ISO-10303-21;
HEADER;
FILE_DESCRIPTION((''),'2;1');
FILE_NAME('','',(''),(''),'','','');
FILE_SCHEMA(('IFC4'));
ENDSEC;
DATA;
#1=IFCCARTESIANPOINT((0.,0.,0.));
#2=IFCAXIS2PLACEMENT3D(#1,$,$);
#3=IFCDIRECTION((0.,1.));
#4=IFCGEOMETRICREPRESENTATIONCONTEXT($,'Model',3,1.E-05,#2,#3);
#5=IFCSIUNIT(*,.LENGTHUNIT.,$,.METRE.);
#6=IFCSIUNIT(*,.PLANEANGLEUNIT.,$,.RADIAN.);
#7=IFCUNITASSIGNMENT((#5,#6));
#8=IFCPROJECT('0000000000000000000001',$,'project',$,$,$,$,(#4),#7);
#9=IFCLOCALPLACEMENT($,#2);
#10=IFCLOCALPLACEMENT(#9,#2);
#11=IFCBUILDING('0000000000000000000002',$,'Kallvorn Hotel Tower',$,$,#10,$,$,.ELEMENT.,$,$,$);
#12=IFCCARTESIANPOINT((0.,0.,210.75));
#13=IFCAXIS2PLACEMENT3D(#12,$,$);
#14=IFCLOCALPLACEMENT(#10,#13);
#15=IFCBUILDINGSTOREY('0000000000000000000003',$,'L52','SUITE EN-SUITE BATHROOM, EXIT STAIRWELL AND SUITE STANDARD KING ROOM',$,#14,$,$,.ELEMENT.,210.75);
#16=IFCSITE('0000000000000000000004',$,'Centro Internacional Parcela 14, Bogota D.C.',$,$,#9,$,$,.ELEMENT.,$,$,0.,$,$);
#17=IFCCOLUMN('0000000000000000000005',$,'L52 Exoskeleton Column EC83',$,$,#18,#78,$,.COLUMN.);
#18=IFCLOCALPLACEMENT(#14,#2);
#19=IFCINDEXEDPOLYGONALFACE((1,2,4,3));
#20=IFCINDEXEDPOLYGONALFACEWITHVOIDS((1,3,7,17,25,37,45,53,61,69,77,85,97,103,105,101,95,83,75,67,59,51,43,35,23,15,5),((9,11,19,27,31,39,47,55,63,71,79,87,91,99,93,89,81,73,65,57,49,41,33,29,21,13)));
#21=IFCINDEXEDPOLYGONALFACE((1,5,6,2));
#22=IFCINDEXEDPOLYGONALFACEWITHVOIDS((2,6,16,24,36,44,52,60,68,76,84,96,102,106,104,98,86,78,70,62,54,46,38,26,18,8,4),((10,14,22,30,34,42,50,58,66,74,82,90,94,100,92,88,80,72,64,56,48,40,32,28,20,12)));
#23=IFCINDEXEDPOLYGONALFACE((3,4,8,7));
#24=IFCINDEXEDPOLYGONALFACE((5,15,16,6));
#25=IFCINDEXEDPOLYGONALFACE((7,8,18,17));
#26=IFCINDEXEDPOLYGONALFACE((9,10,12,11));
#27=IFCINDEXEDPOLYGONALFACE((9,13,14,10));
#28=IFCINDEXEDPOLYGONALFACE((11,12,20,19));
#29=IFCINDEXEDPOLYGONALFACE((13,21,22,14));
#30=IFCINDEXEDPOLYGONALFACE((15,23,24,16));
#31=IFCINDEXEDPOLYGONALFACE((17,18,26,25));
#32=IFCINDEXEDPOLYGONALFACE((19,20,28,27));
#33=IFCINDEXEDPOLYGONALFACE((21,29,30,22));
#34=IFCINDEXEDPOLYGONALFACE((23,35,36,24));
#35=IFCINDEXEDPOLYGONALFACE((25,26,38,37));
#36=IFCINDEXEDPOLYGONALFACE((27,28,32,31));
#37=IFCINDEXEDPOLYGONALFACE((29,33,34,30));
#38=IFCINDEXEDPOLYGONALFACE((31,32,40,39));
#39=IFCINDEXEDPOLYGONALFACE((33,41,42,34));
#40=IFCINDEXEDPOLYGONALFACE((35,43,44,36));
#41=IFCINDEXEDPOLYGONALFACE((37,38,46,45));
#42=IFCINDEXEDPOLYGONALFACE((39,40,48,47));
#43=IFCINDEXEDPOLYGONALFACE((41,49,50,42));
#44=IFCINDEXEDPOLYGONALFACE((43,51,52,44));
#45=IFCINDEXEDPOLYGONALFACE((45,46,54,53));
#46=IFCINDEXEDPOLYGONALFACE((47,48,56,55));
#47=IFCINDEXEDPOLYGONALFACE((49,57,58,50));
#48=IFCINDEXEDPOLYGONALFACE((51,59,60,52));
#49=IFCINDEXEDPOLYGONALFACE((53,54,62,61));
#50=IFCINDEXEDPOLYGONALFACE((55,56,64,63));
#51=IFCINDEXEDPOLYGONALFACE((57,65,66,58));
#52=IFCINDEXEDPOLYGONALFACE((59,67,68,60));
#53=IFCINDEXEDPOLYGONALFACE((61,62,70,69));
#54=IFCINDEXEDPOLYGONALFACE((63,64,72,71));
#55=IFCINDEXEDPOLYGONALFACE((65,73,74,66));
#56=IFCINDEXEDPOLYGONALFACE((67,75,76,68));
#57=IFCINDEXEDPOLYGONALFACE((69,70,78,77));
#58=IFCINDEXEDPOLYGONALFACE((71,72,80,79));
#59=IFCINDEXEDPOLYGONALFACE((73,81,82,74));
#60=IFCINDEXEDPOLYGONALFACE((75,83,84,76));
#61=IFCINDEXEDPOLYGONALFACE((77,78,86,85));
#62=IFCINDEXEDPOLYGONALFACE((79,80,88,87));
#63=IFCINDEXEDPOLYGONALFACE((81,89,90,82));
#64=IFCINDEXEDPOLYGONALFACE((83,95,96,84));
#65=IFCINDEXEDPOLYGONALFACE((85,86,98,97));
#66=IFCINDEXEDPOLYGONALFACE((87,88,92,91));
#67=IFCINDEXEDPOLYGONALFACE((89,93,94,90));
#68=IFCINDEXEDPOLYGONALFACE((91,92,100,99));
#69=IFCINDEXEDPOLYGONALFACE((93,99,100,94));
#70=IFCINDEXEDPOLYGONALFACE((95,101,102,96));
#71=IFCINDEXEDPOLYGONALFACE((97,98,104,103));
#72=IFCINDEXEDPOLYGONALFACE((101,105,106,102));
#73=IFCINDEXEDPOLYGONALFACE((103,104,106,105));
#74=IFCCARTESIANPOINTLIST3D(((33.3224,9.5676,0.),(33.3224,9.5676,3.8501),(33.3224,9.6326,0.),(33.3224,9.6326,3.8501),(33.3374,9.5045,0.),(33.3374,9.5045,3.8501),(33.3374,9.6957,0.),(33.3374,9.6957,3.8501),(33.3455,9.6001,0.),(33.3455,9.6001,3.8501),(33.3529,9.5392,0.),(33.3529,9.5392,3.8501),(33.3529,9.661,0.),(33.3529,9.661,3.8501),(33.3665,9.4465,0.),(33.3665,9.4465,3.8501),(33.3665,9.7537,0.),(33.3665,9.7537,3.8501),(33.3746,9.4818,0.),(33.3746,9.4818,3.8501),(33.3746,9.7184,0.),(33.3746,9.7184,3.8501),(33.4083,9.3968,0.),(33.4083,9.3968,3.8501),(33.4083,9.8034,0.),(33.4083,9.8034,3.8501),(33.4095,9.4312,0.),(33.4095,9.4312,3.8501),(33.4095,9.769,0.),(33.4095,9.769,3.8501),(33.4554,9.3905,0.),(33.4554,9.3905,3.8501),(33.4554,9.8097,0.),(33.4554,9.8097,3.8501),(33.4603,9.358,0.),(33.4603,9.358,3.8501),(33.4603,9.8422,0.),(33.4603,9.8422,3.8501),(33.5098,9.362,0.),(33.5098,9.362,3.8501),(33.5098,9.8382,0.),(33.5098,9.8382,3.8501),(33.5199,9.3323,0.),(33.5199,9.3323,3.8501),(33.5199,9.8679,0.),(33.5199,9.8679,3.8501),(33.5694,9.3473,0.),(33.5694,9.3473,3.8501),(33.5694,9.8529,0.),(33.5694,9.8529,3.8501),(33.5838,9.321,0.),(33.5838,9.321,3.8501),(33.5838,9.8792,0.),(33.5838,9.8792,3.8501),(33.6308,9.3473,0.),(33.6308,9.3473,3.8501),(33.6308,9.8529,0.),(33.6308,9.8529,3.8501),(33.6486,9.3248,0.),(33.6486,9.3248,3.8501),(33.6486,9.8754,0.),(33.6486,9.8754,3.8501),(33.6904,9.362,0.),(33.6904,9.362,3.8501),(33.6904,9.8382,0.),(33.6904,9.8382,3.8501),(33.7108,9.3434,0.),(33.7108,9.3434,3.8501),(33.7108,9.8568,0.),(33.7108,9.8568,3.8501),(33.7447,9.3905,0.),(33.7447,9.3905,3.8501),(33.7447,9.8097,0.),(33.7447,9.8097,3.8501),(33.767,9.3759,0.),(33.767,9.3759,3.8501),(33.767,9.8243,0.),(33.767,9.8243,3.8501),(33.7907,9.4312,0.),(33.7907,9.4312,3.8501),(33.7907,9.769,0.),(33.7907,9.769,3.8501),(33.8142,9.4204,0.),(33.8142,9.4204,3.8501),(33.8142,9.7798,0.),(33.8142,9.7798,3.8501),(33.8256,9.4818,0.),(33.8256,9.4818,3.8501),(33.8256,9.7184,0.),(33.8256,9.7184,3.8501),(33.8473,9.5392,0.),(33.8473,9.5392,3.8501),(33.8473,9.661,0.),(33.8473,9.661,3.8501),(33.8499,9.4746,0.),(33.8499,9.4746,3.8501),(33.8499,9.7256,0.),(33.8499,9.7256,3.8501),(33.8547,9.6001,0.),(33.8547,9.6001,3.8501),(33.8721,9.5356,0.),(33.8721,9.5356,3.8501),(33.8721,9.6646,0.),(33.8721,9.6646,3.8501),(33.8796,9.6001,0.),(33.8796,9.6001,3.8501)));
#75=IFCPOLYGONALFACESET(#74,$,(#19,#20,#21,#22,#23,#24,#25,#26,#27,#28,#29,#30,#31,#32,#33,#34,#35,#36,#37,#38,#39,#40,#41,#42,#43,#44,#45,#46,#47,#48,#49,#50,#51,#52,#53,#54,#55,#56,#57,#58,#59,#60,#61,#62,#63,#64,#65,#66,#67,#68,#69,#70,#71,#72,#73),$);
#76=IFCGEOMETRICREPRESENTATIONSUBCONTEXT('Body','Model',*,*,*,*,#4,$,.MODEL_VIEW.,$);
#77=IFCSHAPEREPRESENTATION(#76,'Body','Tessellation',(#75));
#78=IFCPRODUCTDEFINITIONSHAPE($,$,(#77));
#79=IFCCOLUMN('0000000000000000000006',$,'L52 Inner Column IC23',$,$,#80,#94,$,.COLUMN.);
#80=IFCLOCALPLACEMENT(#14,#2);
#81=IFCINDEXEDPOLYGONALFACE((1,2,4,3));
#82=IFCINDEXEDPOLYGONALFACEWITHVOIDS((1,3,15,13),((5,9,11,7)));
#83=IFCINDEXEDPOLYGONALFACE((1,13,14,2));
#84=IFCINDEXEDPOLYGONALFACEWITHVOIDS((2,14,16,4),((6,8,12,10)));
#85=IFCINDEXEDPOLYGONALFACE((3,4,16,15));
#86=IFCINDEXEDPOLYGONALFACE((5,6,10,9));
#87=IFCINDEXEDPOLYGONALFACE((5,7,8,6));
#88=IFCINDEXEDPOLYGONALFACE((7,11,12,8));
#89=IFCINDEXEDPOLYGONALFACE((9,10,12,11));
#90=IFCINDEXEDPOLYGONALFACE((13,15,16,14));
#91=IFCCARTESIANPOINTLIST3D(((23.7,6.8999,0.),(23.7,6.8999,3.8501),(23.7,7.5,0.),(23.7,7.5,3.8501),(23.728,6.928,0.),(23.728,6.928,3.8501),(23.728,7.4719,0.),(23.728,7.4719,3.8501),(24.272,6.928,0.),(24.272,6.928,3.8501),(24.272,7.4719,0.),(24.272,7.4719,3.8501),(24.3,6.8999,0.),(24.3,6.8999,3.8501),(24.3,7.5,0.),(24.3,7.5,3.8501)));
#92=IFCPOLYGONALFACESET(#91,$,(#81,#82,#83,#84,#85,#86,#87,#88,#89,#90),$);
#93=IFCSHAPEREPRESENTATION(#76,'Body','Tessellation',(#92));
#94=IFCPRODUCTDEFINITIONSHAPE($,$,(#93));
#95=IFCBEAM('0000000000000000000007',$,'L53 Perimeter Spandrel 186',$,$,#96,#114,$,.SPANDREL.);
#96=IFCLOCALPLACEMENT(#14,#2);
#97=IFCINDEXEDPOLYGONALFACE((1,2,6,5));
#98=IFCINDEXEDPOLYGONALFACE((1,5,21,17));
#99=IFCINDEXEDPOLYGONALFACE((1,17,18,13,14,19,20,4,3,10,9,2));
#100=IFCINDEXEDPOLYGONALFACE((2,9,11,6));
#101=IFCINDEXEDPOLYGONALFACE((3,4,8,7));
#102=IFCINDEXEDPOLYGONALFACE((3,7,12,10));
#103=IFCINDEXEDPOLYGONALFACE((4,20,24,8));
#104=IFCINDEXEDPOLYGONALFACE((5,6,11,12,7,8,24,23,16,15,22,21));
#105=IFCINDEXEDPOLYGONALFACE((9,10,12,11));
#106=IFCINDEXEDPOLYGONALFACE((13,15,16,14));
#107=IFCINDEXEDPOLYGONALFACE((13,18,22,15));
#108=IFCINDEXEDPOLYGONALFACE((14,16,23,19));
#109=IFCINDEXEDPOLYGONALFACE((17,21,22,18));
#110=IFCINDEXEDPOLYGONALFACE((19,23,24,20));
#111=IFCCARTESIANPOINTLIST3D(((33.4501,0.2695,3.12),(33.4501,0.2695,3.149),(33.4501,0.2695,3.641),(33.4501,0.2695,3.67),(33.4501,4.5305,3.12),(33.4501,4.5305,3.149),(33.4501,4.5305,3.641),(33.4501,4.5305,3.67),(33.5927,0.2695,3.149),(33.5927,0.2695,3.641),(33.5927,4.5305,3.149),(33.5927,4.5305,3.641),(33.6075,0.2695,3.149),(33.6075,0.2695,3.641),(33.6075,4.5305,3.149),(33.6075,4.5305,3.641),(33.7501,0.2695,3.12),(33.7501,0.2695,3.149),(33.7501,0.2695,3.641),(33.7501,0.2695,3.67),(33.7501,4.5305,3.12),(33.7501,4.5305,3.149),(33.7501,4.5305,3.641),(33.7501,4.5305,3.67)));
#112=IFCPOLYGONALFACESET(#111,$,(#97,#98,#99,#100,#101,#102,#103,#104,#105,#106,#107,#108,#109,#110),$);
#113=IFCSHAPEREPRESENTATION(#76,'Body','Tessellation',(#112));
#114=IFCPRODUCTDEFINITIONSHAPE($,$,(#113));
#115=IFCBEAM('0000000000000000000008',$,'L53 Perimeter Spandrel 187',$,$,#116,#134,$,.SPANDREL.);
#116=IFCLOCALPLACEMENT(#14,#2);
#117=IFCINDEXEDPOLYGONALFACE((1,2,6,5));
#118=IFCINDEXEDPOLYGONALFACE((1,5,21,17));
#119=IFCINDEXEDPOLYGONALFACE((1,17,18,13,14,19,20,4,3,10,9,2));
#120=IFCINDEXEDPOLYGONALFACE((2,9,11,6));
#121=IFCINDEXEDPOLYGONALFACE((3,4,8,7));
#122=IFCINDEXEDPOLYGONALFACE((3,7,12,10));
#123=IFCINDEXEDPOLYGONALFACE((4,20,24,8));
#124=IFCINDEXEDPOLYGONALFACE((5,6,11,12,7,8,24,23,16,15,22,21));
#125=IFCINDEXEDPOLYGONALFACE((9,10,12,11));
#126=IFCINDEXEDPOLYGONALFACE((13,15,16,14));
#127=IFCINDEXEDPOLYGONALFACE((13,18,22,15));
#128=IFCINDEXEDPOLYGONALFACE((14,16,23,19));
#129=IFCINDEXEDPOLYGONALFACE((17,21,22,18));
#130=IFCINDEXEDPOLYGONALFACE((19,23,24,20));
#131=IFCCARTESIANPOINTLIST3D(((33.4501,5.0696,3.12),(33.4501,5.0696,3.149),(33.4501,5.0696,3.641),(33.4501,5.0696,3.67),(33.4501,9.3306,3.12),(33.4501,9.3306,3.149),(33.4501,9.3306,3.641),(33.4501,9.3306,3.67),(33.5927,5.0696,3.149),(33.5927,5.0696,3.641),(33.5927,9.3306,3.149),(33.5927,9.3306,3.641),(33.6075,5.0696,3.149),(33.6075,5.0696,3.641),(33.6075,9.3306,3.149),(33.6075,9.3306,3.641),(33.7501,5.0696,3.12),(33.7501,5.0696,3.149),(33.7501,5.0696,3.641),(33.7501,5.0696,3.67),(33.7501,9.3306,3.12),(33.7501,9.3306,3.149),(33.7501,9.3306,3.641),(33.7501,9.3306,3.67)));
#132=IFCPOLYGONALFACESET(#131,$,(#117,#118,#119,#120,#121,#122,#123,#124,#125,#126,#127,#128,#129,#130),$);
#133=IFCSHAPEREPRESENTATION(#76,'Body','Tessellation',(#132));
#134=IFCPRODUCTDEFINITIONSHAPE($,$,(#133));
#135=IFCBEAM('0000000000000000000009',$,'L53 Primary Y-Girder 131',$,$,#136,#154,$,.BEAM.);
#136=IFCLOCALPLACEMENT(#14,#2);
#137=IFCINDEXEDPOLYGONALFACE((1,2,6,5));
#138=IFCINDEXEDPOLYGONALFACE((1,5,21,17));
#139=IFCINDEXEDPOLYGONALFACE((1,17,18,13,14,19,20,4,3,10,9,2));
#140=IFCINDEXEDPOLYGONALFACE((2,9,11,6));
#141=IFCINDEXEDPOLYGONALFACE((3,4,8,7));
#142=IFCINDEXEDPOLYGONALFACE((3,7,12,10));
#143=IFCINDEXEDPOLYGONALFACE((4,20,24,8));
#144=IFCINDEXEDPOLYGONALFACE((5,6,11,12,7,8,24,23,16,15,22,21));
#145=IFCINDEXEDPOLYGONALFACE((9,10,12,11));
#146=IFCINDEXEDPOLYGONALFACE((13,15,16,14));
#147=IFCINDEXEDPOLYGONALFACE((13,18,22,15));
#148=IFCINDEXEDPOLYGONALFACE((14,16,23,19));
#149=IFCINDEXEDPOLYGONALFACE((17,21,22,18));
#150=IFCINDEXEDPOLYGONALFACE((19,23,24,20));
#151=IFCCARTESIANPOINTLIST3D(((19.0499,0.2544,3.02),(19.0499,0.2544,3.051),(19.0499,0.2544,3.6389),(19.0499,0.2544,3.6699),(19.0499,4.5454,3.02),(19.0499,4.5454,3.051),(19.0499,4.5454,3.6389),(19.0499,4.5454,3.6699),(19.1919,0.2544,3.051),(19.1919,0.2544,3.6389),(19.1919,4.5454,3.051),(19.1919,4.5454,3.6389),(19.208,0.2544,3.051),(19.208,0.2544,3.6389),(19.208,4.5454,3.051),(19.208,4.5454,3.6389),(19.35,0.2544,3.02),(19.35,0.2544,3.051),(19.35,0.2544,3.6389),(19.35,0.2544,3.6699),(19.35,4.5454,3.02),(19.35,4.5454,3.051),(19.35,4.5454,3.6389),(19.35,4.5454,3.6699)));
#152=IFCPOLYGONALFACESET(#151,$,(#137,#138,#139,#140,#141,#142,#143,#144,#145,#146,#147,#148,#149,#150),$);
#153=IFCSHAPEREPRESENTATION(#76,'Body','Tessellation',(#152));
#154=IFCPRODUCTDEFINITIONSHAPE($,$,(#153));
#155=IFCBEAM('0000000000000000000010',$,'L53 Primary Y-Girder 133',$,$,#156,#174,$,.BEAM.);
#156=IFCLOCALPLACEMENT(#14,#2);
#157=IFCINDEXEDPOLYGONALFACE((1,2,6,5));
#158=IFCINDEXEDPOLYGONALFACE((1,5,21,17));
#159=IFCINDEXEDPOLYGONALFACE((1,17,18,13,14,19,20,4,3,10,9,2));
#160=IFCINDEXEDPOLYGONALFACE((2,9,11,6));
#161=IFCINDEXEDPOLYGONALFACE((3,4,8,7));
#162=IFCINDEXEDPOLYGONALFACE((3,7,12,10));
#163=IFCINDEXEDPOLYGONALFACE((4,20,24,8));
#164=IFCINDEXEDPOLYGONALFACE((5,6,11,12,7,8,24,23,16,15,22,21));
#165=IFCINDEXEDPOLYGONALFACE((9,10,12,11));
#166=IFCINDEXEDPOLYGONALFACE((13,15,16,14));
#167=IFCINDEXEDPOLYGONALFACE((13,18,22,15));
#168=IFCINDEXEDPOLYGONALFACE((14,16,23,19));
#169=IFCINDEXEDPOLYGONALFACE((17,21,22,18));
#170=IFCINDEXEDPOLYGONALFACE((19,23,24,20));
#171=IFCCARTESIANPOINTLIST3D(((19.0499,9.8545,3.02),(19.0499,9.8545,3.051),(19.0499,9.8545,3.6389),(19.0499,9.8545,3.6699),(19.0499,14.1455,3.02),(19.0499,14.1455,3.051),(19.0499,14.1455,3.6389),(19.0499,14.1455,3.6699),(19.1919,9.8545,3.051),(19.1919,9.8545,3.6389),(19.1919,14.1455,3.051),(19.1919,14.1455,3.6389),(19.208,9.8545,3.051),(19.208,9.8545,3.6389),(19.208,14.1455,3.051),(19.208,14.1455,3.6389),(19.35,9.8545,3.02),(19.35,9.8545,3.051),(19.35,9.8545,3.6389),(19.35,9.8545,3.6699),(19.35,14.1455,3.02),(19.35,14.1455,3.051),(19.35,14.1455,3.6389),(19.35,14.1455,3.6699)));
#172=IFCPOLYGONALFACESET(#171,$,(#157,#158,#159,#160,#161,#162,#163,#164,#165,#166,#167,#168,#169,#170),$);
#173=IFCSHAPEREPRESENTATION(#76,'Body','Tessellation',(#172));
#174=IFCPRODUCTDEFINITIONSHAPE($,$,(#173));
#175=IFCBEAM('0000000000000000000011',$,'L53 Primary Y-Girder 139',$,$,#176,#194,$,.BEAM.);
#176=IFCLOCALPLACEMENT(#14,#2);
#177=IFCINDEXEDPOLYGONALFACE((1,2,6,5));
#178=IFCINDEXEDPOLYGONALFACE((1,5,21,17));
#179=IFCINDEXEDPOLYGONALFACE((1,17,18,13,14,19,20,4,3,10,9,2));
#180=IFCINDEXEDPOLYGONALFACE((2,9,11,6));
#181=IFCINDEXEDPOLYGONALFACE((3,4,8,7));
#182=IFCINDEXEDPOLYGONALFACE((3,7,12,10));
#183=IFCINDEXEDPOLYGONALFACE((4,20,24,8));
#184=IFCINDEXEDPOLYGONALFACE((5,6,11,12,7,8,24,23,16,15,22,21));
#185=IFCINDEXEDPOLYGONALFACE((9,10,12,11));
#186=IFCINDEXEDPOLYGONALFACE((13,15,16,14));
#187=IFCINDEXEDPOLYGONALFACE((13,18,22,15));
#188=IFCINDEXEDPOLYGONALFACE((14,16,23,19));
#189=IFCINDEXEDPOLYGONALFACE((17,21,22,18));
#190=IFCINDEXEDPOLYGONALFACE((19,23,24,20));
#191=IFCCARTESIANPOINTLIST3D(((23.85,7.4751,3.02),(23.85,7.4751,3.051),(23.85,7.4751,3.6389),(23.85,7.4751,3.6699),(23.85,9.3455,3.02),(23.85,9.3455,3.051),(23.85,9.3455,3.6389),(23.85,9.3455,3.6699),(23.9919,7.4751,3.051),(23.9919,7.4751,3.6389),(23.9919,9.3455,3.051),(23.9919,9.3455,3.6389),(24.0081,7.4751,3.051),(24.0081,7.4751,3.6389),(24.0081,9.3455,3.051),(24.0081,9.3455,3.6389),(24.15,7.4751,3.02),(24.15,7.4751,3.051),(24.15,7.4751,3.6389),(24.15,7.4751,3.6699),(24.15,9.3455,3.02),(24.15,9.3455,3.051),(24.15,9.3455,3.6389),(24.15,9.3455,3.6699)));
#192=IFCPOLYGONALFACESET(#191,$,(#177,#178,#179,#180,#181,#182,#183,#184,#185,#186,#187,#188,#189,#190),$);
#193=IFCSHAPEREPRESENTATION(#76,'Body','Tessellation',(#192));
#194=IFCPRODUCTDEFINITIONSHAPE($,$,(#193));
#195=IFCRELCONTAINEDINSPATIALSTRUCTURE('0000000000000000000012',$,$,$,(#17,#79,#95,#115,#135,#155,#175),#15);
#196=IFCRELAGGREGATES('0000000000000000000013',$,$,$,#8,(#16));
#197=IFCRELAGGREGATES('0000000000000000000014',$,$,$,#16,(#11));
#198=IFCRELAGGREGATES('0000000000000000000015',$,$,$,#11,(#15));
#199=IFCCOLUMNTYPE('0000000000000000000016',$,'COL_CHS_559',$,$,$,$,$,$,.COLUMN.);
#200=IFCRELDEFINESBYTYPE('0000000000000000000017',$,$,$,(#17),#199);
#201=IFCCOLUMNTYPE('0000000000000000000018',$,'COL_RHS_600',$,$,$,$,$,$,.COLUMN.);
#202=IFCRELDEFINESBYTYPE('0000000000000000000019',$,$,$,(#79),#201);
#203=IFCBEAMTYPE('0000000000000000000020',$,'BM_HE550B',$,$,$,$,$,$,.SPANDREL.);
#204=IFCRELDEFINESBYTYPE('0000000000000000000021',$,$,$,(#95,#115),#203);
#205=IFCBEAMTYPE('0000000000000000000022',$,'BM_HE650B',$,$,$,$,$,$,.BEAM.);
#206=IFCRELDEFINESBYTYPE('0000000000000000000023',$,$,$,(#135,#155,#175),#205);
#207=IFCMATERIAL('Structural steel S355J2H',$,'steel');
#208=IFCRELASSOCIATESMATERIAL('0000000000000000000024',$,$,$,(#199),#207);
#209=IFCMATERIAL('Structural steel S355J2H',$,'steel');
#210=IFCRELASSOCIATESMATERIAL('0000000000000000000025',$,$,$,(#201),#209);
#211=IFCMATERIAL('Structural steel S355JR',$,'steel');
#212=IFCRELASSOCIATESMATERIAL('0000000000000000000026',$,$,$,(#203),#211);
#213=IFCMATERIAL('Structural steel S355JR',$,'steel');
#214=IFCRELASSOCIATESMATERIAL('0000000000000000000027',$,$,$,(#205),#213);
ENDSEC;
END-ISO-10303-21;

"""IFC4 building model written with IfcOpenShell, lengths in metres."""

from ifc_helpers import new_model, si_unit, direction, frame, origin, origin_2d, place, context, subcontext, project, spatial, hollow_rectangle, hollow_circle, i_section, extrude, material, material_profile, profile_set, type_object, element, save


model = new_model("IFC4")

# Units and contexts
model_context = context("Model", 3, precision=1e-05, world=origin(), true_north=direction((0.0, 1.0)))
body_context = subcontext(model_context, "Body", "Model", "MODEL_VIEW")
ifc_project = project(units=[si_unit("LENGTHUNIT", "METRE"), si_unit("PLANEANGLEUNIT", "RADIAN")], contexts=[model_context])

# Site, building, storey
site_placement = place(None, origin())
site = spatial("IfcSite", under=ifc_project, at=site_placement, Name="Centro Internacional Parcela 14, Bogota D.C.", CompositionType="ELEMENT", RefElevation=0.0)
building_placement = place(site_placement, origin())
building = spatial("IfcBuilding", under=site, at=building_placement, Name="Kallvorn Hotel Tower", CompositionType="ELEMENT")
storey_placement = place(building_placement, frame((0.0, 0.0, 210.75)))
storey = spatial("IfcBuildingStorey", under=building, at=storey_placement, Name="L52", Description="SUITE EN-SUITE BATHROOM, EXIT STAIRWELL AND SUITE STANDARD KING ROOM", CompositionType="ELEMENT", Elevation=210.75)

# Columns
ifc_material_1 = material(Name="Structural steel S355J2H", Category="steel")
ifc_material_profile_1 = material_profile(ifc_material_1, hollow_circle(Radius=0.2795, WallThickness=0.0249, at=origin_2d()), Name="CHS 559x25")
ifc_profile_set_1 = profile_set([ifc_material_profile_1], Name="Structural steel S355J2H")
column_type_1 = type_object("IfcColumnType", Name="COL_CHS_559", PredefinedType="COLUMN", material=ifc_profile_set_1)
for number, where, z_axis, x_axis, name in (
    (1, (33.6001, 9.6001, 0.0), (0.0, 0.0, 1.0), (1.0, 0.0, 0.0), "L52 Exoskeleton Column EC83"),
):
    element("IfcColumn", number, at=place(storey_placement, frame(where, z_axis=z_axis, x_axis=x_axis)), inside=storey, type_object=column_type_1, Name=name, PredefinedType="COLUMN", context=body_context, shape_type="SweptSolid", body=[
        extrude(hollow_circle(Radius=0.2795, WallThickness=0.0249, at=origin_2d()), origin(), (0.0, 0.0, 1.0), 3.8501),
    ])
ifc_material_2 = material(Name="Structural steel S355J2H", Category="steel")
ifc_material_profile_2 = material_profile(ifc_material_2, hollow_rectangle(XDim=0.6001, YDim=0.6001, WallThickness=0.0281, at=origin_2d()), Name="RHS 600x600x28")
ifc_profile_set_2 = profile_set([ifc_material_profile_2], Name="Structural steel S355J2H")
column_type_2 = type_object("IfcColumnType", Name="COL_RHS_600", PredefinedType="COLUMN", material=ifc_profile_set_2)
column_placement = place(storey_placement, frame((24.0, 7.2, 0.0), z_axis=(0.0, 0.0, 1.0), x_axis=(1.0, 0.0, 0.0)))
element("IfcColumn", 2, at=column_placement, inside=storey, type_object=column_type_2, Name="L52 Inner Column IC23", PredefinedType="COLUMN", context=body_context, shape_type="SweptSolid", body=[
    extrude(hollow_rectangle(XDim=0.6001, YDim=0.6001, WallThickness=0.0281, at=origin_2d()), origin(), (0.0, 0.0, 1.0), 3.8501),
])

# Beams
ifc_material_3 = material(Name="Structural steel S355JR", Category="steel")
ifc_material_profile_3 = material_profile(ifc_material_3, i_section(OverallWidth=0.3, OverallDepth=0.55, WebThickness=0.0149, FlangeThickness=0.0291, at=origin_2d()), Name="HE 550 B")
ifc_profile_set_3 = profile_set([ifc_material_profile_3], Name="Structural steel S355JR")
beam_type_1 = type_object("IfcBeamType", Name="BM_HE550B", PredefinedType="SPANDREL", material=ifc_profile_set_3)
for number, where, z_axis, x_axis, name in (
    (3, (33.6001, 0.2695, 3.395), (0.0, 1.0, 0.0), (-1.0, 0.0, 0.0), "L53 Perimeter Spandrel 186"),
    (4, (33.6001, 5.0696, 3.395), (0.0, 1.0, 0.0), (-1.0, 0.0, 0.0), "L53 Perimeter Spandrel 187"),
):
    element("IfcBeam", number, at=place(storey_placement, frame(where, z_axis=z_axis, x_axis=x_axis)), inside=storey, type_object=beam_type_1, Name=name, PredefinedType="SPANDREL", context=body_context, shape_type="SweptSolid", body=[
        extrude(i_section(OverallWidth=0.3, OverallDepth=0.55, WebThickness=0.0149, FlangeThickness=0.0291, at=origin_2d()), origin(), (0.0, 0.0, 1.0), 4.261),
    ])
ifc_material_4 = material(Name="Structural steel S355JR", Category="steel")
ifc_material_profile_4 = material_profile(ifc_material_4, i_section(OverallWidth=0.3, OverallDepth=0.6499, WebThickness=0.0161, FlangeThickness=0.031, at=origin_2d()), Name="HE 650 B")
ifc_profile_set_4 = profile_set([ifc_material_profile_4], Name="Structural steel S355JR")
beam_type_2 = type_object("IfcBeamType", Name="BM_HE650B", PredefinedType="BEAM", material=ifc_profile_set_4)
for number, where, z_axis, x_axis, name in (
    (5, (19.2, 0.2544, 3.345), (0.0, 1.0, 0.0), (-1.0, 0.0, 0.0), "L53 Primary Y-Girder 131"),
    (6, (19.2, 9.8545, 3.345), (0.0, 1.0, 0.0), (-1.0, 0.0, 0.0), "L53 Primary Y-Girder 133"),
):
    element("IfcBeam", number, at=place(storey_placement, frame(where, z_axis=z_axis, x_axis=x_axis)), inside=storey, type_object=beam_type_2, Name=name, PredefinedType="BEAM", context=body_context, shape_type="SweptSolid", body=[
        extrude(i_section(OverallWidth=0.3, OverallDepth=0.6499, WebThickness=0.0161, FlangeThickness=0.031, at=origin_2d()), origin(), (0.0, 0.0, 1.0), 4.291),
    ])
beam_1_placement = place(storey_placement, frame((24.0, 7.4751, 3.345), z_axis=(0.0, 1.0, 0.0), x_axis=(-1.0, 0.0, 0.0)))
element("IfcBeam", 7, at=beam_1_placement, inside=storey, type_object=beam_type_2, Name="L53 Primary Y-Girder 139", PredefinedType="BEAM", context=body_context, shape_type="SweptSolid", body=[
    extrude(i_section(OverallWidth=0.3, OverallDepth=0.6499, WebThickness=0.0161, FlangeThickness=0.031, at=origin_2d()), origin(), (0.0, 0.0, 1.0), 1.8704),
])

save(model, "model.ifc")
